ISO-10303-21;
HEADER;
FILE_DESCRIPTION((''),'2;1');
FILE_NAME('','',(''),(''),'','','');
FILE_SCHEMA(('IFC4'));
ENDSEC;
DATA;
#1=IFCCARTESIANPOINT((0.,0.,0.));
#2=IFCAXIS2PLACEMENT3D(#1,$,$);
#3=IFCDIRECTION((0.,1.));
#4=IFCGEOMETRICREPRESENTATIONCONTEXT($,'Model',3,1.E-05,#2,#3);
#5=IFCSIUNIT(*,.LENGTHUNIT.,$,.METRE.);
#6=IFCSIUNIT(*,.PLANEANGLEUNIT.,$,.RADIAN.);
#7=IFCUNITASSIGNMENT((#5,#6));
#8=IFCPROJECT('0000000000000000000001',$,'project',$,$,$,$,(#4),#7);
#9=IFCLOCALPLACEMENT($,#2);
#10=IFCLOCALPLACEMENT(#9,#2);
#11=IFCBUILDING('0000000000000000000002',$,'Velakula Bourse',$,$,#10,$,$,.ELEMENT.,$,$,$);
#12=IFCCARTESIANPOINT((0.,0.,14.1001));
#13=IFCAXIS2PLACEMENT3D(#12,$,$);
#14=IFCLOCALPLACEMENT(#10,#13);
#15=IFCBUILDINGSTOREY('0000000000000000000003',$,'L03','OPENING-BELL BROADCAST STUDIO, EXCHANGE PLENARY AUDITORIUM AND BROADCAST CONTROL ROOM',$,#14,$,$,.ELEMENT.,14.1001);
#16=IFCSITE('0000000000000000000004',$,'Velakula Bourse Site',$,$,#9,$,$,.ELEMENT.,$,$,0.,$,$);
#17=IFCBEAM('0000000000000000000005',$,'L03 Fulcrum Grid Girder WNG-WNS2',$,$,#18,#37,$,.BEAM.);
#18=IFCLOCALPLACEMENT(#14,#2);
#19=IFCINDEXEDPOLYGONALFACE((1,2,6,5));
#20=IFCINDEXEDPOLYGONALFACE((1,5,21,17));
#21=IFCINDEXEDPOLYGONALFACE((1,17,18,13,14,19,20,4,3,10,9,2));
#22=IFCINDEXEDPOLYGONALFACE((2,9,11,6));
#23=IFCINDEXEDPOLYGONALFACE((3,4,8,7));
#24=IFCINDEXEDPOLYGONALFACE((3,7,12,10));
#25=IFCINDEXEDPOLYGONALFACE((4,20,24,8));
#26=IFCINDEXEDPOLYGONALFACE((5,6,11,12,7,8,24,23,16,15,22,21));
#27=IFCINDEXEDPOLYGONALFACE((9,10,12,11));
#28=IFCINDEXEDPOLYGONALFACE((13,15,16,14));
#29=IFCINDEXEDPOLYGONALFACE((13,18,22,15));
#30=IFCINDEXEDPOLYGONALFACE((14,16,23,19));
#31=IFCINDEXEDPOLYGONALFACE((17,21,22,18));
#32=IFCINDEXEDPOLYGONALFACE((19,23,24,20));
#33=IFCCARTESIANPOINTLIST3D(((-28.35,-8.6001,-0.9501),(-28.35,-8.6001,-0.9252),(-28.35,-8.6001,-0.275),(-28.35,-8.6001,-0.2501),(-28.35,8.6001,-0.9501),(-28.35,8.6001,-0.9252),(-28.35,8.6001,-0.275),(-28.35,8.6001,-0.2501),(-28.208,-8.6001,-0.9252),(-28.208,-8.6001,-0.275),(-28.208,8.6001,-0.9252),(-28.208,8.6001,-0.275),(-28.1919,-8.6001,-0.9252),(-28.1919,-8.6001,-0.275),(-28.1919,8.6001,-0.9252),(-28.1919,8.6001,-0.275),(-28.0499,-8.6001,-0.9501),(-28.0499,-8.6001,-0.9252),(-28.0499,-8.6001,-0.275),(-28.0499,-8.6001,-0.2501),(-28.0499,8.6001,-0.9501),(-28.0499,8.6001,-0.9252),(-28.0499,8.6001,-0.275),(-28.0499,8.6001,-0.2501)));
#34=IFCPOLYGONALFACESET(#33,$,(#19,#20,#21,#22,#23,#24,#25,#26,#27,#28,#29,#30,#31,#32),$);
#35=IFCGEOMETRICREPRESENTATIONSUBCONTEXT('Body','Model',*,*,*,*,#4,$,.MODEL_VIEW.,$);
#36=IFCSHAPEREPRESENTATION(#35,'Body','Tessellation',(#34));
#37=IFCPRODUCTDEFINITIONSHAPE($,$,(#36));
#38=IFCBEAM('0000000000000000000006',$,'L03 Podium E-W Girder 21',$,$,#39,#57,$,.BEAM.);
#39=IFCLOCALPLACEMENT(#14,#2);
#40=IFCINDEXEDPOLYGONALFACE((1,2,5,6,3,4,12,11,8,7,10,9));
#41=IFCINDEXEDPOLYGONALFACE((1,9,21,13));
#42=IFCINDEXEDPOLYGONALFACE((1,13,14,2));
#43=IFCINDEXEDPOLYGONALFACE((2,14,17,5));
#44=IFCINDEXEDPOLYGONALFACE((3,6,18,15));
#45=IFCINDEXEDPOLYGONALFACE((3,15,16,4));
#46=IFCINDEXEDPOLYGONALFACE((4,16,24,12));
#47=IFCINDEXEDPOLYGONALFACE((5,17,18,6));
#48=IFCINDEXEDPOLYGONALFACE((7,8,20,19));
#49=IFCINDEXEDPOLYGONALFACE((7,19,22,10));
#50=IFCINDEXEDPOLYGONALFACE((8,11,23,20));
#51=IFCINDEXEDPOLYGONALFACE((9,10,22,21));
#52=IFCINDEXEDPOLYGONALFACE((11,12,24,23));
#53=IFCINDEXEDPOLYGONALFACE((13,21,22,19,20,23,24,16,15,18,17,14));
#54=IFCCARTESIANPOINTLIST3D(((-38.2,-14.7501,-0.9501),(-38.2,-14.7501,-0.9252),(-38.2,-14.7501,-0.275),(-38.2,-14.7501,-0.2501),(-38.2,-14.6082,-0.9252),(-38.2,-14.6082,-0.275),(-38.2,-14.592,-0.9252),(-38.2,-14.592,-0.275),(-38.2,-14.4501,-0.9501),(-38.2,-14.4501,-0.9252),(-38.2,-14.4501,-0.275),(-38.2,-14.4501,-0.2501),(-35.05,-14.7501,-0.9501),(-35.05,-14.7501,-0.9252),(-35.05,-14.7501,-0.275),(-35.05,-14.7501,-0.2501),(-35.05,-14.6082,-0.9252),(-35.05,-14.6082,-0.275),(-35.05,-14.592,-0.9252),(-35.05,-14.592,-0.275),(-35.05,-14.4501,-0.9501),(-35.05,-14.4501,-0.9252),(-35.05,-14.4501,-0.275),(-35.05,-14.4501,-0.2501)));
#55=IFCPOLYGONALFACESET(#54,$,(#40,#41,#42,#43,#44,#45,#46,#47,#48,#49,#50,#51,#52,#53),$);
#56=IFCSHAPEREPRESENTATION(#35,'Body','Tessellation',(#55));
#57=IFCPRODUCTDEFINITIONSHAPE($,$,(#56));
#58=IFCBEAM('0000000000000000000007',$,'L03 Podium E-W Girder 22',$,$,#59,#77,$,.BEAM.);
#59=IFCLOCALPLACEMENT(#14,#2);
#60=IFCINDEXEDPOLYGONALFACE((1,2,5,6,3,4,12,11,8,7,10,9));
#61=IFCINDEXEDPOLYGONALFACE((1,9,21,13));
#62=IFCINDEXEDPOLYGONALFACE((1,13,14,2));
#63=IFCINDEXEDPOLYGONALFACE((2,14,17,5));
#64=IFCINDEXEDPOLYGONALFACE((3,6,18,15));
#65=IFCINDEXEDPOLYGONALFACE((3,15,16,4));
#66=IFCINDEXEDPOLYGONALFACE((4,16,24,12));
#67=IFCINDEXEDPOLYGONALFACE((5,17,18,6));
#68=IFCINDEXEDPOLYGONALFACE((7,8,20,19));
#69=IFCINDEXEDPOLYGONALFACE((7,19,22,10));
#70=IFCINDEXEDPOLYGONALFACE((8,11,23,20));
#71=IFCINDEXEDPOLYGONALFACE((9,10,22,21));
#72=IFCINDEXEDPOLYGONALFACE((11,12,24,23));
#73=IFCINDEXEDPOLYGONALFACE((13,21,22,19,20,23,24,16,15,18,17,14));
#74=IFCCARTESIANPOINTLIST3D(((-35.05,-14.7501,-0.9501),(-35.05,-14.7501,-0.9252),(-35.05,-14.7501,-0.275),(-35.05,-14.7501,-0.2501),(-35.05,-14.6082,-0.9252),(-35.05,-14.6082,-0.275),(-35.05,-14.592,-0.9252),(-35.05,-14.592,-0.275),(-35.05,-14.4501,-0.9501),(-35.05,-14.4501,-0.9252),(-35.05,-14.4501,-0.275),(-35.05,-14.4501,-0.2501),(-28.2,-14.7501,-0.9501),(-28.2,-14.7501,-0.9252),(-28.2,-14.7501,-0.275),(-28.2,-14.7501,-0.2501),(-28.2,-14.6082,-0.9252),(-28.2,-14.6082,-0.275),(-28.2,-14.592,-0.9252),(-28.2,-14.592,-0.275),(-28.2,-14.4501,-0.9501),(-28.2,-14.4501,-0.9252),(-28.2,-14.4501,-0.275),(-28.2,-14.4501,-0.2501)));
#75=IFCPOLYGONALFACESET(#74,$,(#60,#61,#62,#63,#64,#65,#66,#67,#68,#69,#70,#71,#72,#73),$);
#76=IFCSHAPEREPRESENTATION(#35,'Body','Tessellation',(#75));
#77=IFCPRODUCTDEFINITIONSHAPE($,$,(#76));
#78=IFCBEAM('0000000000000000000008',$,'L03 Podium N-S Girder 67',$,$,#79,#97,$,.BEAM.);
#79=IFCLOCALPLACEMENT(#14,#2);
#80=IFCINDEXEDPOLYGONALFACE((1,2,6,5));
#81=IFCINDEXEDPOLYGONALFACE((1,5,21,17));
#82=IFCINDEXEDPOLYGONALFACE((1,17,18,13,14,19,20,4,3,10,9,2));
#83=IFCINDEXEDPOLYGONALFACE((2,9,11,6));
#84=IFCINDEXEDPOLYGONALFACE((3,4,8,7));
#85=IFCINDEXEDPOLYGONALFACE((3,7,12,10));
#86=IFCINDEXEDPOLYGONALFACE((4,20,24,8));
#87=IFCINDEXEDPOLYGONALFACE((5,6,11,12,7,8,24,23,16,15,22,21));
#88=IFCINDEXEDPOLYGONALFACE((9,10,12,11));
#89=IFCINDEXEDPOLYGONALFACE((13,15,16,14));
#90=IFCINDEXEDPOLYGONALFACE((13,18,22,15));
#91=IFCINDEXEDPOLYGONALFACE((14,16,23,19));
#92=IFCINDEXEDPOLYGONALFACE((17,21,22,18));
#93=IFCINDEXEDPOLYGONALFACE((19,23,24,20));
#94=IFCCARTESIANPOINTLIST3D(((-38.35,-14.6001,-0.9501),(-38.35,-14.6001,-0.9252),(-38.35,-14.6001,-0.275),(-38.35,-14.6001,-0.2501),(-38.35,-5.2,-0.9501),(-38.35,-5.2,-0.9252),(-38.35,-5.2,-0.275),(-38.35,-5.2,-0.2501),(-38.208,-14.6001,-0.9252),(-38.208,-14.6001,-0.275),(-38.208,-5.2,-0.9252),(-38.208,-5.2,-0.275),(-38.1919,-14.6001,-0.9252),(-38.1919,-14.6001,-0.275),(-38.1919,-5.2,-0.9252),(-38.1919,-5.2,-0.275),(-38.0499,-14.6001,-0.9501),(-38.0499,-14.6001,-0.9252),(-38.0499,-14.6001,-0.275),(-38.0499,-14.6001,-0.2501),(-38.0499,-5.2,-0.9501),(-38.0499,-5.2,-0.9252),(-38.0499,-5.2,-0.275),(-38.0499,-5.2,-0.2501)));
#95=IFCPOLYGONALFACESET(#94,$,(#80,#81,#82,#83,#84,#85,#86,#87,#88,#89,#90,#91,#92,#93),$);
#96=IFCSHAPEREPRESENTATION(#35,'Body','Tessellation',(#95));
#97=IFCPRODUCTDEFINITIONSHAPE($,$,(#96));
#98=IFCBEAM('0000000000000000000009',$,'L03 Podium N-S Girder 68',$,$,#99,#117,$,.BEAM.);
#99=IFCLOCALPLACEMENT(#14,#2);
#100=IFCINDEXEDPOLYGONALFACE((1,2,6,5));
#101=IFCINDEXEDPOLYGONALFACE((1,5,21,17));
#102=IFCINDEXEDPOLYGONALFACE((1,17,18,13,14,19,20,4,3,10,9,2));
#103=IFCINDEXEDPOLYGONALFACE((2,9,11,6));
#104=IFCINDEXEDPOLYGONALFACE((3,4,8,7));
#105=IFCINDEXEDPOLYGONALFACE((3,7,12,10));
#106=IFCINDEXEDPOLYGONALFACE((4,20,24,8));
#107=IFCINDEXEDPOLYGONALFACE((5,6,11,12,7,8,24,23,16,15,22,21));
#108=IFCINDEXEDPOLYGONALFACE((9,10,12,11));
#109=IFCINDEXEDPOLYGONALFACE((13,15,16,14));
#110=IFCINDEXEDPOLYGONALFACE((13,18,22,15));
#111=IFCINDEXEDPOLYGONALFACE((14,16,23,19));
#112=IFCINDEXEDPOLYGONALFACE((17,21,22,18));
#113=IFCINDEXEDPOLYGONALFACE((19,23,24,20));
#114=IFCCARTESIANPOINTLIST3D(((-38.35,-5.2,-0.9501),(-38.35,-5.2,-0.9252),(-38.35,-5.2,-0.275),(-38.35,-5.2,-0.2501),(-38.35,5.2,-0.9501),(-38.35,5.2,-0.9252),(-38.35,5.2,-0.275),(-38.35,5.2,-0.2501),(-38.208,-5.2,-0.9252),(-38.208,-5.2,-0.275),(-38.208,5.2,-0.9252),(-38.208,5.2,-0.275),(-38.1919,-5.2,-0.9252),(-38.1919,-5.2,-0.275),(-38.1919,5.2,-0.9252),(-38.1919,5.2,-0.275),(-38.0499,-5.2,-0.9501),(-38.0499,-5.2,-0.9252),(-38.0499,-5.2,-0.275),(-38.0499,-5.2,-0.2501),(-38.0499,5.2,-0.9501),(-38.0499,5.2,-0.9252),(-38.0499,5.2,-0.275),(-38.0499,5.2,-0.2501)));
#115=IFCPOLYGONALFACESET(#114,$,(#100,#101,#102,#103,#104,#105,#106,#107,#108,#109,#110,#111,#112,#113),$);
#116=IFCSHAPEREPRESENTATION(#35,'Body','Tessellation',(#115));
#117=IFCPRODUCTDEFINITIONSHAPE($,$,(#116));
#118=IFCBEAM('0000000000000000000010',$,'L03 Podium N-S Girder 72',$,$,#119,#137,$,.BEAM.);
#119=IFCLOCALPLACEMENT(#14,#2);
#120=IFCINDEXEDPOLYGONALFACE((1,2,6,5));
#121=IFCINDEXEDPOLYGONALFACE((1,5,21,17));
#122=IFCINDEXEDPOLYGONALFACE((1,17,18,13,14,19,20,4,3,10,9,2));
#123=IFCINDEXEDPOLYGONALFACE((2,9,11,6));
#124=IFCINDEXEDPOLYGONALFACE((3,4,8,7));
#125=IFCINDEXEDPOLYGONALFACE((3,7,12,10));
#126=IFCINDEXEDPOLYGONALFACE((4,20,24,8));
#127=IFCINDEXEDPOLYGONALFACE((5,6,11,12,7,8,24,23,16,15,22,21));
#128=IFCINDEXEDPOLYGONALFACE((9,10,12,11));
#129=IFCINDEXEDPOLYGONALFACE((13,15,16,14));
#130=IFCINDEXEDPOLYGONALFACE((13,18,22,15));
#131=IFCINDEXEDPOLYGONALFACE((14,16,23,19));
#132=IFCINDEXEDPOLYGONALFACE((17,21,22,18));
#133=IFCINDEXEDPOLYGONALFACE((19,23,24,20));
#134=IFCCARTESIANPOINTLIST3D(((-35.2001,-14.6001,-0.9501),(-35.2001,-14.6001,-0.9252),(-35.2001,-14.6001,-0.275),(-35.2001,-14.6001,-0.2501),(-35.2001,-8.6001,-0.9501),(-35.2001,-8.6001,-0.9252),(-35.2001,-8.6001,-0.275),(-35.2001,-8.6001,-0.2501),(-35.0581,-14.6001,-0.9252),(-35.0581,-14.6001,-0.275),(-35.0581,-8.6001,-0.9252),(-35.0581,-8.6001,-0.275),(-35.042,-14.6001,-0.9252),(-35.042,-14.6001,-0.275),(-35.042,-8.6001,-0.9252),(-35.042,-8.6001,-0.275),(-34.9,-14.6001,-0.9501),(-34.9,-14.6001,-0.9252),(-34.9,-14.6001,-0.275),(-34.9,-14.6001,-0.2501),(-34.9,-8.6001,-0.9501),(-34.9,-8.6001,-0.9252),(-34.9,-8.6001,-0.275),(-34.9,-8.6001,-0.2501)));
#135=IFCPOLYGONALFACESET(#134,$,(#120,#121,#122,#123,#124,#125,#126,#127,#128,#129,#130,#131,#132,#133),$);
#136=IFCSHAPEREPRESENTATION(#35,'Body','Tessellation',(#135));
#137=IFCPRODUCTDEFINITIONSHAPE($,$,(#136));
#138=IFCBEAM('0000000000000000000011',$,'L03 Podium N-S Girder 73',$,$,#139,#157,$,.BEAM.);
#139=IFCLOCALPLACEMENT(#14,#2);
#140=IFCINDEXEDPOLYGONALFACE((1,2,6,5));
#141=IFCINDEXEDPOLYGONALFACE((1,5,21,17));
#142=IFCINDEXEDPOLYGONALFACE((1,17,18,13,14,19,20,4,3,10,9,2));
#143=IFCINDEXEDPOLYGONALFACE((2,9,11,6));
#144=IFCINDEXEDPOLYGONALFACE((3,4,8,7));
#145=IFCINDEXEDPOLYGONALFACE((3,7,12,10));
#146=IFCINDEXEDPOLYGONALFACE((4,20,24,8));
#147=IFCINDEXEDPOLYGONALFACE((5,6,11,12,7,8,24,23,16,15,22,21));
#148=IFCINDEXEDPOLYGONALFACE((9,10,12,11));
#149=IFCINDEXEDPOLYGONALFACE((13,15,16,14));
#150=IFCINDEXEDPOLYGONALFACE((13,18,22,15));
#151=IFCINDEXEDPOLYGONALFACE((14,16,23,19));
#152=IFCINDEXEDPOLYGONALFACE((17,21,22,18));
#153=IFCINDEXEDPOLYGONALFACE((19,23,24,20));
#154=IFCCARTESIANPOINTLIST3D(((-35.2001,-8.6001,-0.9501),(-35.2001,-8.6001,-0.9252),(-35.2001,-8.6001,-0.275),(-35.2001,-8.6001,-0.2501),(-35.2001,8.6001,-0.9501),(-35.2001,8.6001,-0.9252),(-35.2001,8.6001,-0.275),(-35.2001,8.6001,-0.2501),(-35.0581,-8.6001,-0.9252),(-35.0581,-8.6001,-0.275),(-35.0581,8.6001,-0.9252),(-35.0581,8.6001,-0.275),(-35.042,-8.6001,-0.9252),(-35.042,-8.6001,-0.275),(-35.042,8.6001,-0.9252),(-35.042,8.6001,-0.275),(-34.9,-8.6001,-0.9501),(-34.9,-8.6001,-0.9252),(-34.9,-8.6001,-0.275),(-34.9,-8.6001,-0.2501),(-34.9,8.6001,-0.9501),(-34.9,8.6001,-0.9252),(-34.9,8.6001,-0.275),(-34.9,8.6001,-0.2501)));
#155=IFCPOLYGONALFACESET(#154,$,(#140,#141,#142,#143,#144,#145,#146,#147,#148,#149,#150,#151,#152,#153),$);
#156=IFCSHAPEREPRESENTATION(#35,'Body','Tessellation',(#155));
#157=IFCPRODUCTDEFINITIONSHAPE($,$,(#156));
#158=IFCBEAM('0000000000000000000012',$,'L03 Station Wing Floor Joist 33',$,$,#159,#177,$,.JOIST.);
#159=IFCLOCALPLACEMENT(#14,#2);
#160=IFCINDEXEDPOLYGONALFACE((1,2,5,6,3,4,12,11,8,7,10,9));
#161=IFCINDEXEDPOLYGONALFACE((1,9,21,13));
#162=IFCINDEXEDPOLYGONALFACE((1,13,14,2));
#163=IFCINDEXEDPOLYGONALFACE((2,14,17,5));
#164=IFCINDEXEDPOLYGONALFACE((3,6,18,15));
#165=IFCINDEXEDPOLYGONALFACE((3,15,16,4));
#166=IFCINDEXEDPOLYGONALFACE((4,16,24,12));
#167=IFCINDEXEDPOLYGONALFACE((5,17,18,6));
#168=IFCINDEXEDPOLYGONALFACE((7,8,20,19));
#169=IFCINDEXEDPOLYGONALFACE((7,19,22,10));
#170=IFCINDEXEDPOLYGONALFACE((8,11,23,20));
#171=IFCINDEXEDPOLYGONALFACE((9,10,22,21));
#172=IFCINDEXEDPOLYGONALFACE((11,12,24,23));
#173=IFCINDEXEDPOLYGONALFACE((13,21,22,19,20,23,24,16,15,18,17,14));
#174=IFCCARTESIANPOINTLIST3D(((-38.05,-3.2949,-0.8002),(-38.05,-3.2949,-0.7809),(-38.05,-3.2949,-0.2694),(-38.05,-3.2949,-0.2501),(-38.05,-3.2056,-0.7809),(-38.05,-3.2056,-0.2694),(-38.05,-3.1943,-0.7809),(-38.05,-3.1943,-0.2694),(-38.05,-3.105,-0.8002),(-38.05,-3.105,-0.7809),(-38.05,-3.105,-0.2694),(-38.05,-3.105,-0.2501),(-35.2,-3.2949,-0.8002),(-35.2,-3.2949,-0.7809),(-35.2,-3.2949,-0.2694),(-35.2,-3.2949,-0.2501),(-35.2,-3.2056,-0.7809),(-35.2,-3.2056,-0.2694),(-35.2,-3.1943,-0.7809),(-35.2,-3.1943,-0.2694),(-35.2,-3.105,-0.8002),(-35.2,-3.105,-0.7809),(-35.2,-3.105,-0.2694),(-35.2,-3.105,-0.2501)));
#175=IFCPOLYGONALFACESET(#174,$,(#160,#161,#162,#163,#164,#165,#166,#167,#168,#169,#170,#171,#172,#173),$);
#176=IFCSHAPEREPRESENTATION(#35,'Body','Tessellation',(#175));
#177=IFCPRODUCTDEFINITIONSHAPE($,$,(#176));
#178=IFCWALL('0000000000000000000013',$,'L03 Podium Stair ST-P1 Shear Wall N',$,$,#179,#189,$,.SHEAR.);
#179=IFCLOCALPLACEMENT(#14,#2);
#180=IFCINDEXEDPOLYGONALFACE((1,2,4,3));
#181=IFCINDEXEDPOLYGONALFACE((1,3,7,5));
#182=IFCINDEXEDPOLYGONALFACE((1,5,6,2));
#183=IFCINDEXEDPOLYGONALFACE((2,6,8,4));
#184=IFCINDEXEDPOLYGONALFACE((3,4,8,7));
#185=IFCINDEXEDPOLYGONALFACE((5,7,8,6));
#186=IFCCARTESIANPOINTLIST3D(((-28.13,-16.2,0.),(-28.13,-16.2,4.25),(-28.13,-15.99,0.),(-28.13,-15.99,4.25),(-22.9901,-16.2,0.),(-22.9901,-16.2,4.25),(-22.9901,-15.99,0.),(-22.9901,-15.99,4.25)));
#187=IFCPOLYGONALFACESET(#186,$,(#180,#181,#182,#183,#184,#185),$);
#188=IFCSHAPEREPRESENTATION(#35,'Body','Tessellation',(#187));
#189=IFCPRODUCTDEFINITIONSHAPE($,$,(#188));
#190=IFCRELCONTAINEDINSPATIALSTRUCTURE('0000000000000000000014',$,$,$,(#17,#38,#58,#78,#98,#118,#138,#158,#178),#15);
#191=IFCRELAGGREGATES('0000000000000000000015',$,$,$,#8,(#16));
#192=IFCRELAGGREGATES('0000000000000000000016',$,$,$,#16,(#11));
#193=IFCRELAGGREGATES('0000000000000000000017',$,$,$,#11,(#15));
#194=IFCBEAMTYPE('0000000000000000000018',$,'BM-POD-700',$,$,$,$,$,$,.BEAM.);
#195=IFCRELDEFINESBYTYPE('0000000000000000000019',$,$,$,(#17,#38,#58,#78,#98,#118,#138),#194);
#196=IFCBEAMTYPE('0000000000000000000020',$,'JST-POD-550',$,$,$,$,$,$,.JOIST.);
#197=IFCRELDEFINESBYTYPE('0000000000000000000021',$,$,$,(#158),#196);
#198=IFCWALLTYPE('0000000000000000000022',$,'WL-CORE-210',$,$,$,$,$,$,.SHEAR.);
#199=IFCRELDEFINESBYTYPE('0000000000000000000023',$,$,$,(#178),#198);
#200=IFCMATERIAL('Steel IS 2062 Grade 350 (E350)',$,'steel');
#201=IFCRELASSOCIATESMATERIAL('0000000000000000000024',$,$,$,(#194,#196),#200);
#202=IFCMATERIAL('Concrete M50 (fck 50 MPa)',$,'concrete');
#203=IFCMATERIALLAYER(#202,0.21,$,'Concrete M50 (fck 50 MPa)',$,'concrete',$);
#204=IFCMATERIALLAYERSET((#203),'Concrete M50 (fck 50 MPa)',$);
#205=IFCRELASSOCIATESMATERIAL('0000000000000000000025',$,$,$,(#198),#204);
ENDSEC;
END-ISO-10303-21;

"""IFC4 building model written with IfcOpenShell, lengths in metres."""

from ifc_helpers import new_model, si_unit, direction, frame, frame_2d, origin, origin_2d, place, context, subcontext, project, spatial, rectangle, i_section, extrude, material, layer, layer_set, material_profile, profile_set, type_object, element, save


model = new_model("IFC4")

# Units and contexts
model_context = context("Model", 3, precision=1e-05, world=origin(), true_north=direction((0.0, 1.0)))
body_context = subcontext(model_context, "Body", "Model", "MODEL_VIEW")
ifc_project = project(units=[si_unit("LENGTHUNIT", "METRE"), si_unit("PLANEANGLEUNIT", "RADIAN")], contexts=[model_context])

# Site, building, storey
site_placement = place(None, origin())
site = spatial("IfcSite", under=ifc_project, at=site_placement, Name="Velakula Bourse Site", CompositionType="ELEMENT", RefElevation=0.0)
building_placement = place(site_placement, origin())
building = spatial("IfcBuilding", under=site, at=building_placement, Name="Velakula Bourse", CompositionType="ELEMENT")
storey_placement = place(building_placement, frame((0.0, 0.0, 14.1001)))
storey = spatial("IfcBuildingStorey", under=building, at=storey_placement, Name="L03", Description="OPENING-BELL BROADCAST STUDIO, EXCHANGE PLENARY AUDITORIUM AND BROADCAST CONTROL ROOM", CompositionType="ELEMENT", Elevation=14.1001)

# Beams
ifc_material_1 = material(Name="Steel IS 2062 Grade 350 (E350)", Category="steel")
ifc_material_profile_1 = material_profile(ifc_material_1, i_section(OverallWidth=0.3, OverallDepth=0.7, WebThickness=0.0161, FlangeThickness=0.0249, at=origin_2d()), Name="Steel IS 2062 Grade 350 (E350)")
ifc_profile_set_1 = profile_set([ifc_material_profile_1], Name="Steel IS 2062 Grade 350 (E350)")
beam_type_1 = type_object("IfcBeamType", Name="BM-POD-700", PredefinedType="BEAM", material=ifc_profile_set_1)
beam_1_placement = place(storey_placement, frame((-28.2, -8.6001, -0.6001), z_axis=(0.0, 1.0, 0.0), x_axis=(-1.0, 0.0, 0.0)))
element("IfcBeam", 1, at=beam_1_placement, inside=storey, type_object=beam_type_1, Name="L03 Fulcrum Grid Girder WNG-WNS2", PredefinedType="BEAM", context=body_context, shape_type="SweptSolid", body=[
    extrude(i_section(OverallWidth=0.3, OverallDepth=0.7, WebThickness=0.0161, FlangeThickness=0.0249, at=origin_2d()), origin(), (0.0, 0.0, 1.0), 17.2002),
])
beam_2_placement = place(storey_placement, frame((-38.2, -14.6001, -0.6001), z_axis=(1.0, 0.0, 0.0), x_axis=(0.0, 1.0, 0.0)))
element("IfcBeam", 2, at=beam_2_placement, inside=storey, type_object=beam_type_1, Name="L03 Podium E-W Girder 21", PredefinedType="BEAM", context=body_context, shape_type="SweptSolid", body=[
    extrude(i_section(OverallWidth=0.3, OverallDepth=0.7, WebThickness=0.0161, FlangeThickness=0.0249, at=origin_2d()), origin(), (0.0, 0.0, 1.0), 3.1499),
])
beam_3_placement = place(storey_placement, frame((-35.05, -14.6001, -0.6001), z_axis=(1.0, 0.0, 0.0), x_axis=(0.0, 1.0, 0.0)))
element("IfcBeam", 3, at=beam_3_placement, inside=storey, type_object=beam_type_1, Name="L03 Podium E-W Girder 22", PredefinedType="BEAM", context=body_context, shape_type="SweptSolid", body=[
    extrude(i_section(OverallWidth=0.3, OverallDepth=0.7, WebThickness=0.0161, FlangeThickness=0.0249, at=origin_2d()), origin(), (0.0, 0.0, 1.0), 6.8501),
])
beam_4_placement = place(storey_placement, frame((-38.2, -14.6001, -0.6001), z_axis=(0.0, 1.0, 0.0), x_axis=(-1.0, 0.0, 0.0)))
element("IfcBeam", 4, at=beam_4_placement, inside=storey, type_object=beam_type_1, Name="L03 Podium N-S Girder 67", PredefinedType="BEAM", context=body_context, shape_type="SweptSolid", body=[
    extrude(i_section(OverallWidth=0.3, OverallDepth=0.7, WebThickness=0.0161, FlangeThickness=0.0249, at=origin_2d()), origin(), (0.0, 0.0, 1.0), 9.4001),
])
beam_5_placement = place(storey_placement, frame((-38.2, -5.2, -0.6001), z_axis=(0.0, 1.0, 0.0), x_axis=(-1.0, 0.0, 0.0)))
element("IfcBeam", 5, at=beam_5_placement, inside=storey, type_object=beam_type_1, Name="L03 Podium N-S Girder 68", PredefinedType="BEAM", context=body_context, shape_type="SweptSolid", body=[
    extrude(i_section(OverallWidth=0.3, OverallDepth=0.7, WebThickness=0.0161, FlangeThickness=0.0249, at=origin_2d()), origin(), (0.0, 0.0, 1.0), 10.3999),
])
beam_6_placement = place(storey_placement, frame((-35.05, -14.6001, -0.6001), z_axis=(0.0, 1.0, 0.0), x_axis=(-1.0, 0.0, 0.0)))
element("IfcBeam", 6, at=beam_6_placement, inside=storey, type_object=beam_type_1, Name="L03 Podium N-S Girder 72", PredefinedType="BEAM", context=body_context, shape_type="SweptSolid", body=[
    extrude(i_section(OverallWidth=0.3, OverallDepth=0.7, WebThickness=0.0161, FlangeThickness=0.0249, at=origin_2d()), origin(), (0.0, 0.0, 1.0), 6.0),
])
beam_7_placement = place(storey_placement, frame((-35.05, -8.6001, -0.6001), z_axis=(0.0, 1.0, 0.0), x_axis=(-1.0, 0.0, 0.0)))
element("IfcBeam", 7, at=beam_7_placement, inside=storey, type_object=beam_type_1, Name="L03 Podium N-S Girder 73", PredefinedType="BEAM", context=body_context, shape_type="SweptSolid", body=[
    extrude(i_section(OverallWidth=0.3, OverallDepth=0.7, WebThickness=0.0161, FlangeThickness=0.0249, at=origin_2d()), origin(), (0.0, 0.0, 1.0), 17.2002),
])
ifc_material_profile_2 = material_profile(ifc_material_1, i_section(OverallWidth=0.1899, OverallDepth=0.55, WebThickness=0.0112, FlangeThickness=0.0193, at=origin_2d()), Name="Steel IS 2062 Grade 350 (E350)")
ifc_profile_set_2 = profile_set([ifc_material_profile_2], Name="Steel IS 2062 Grade 350 (E350)")
beam_type_2 = type_object("IfcBeamType", Name="JST-POD-550", PredefinedType="JOIST", material=ifc_profile_set_2)
beam_8_placement = place(storey_placement, frame((-38.05, -3.2, -0.5251), z_axis=(1.0, 0.0, 0.0), x_axis=(0.0, 1.0, 0.0)))
element("IfcBeam", 8, at=beam_8_placement, inside=storey, type_object=beam_type_2, Name="L03 Station Wing Floor Joist 33", PredefinedType="JOIST", context=body_context, shape_type="SweptSolid", body=[
    extrude(i_section(OverallWidth=0.1899, OverallDepth=0.55, WebThickness=0.0112, FlangeThickness=0.0193, at=origin_2d()), origin(), (0.0, 0.0, 1.0), 2.8501),
])

# Wall
ifc_material_2 = material(Name="Concrete M50 (fck 50 MPa)", Category="concrete")
ifc_layer_1 = layer(ifc_material_2, 0.21, Name="Concrete M50 (fck 50 MPa)", Category="concrete")
ifc_layer_set_1 = layer_set([ifc_layer_1], Name="Concrete M50 (fck 50 MPa)")
wall_type_1 = type_object("IfcWallType", Name="WL-CORE-210", PredefinedType="SHEAR", material=ifc_layer_set_1)
wall_1_placement = place(storey_placement, frame((-28.1299, -16.095, 0.0), z_axis=(0.0, 0.0, 1.0), x_axis=(1.0, 0.0, 0.0)))
element("IfcWall", 9, at=wall_1_placement, inside=storey, type_object=wall_type_1, Name="L03 Podium Stair ST-P1 Shear Wall N", PredefinedType="SHEAR", context=body_context, shape_type="SweptSolid", body=[
    extrude(rectangle(XDim=5.1399, YDim=0.21, at=frame_2d((2.5698, 0.0))), origin(), (0.0, 0.0, 1.0), 4.25),
])

save(model, "model.ifc")
